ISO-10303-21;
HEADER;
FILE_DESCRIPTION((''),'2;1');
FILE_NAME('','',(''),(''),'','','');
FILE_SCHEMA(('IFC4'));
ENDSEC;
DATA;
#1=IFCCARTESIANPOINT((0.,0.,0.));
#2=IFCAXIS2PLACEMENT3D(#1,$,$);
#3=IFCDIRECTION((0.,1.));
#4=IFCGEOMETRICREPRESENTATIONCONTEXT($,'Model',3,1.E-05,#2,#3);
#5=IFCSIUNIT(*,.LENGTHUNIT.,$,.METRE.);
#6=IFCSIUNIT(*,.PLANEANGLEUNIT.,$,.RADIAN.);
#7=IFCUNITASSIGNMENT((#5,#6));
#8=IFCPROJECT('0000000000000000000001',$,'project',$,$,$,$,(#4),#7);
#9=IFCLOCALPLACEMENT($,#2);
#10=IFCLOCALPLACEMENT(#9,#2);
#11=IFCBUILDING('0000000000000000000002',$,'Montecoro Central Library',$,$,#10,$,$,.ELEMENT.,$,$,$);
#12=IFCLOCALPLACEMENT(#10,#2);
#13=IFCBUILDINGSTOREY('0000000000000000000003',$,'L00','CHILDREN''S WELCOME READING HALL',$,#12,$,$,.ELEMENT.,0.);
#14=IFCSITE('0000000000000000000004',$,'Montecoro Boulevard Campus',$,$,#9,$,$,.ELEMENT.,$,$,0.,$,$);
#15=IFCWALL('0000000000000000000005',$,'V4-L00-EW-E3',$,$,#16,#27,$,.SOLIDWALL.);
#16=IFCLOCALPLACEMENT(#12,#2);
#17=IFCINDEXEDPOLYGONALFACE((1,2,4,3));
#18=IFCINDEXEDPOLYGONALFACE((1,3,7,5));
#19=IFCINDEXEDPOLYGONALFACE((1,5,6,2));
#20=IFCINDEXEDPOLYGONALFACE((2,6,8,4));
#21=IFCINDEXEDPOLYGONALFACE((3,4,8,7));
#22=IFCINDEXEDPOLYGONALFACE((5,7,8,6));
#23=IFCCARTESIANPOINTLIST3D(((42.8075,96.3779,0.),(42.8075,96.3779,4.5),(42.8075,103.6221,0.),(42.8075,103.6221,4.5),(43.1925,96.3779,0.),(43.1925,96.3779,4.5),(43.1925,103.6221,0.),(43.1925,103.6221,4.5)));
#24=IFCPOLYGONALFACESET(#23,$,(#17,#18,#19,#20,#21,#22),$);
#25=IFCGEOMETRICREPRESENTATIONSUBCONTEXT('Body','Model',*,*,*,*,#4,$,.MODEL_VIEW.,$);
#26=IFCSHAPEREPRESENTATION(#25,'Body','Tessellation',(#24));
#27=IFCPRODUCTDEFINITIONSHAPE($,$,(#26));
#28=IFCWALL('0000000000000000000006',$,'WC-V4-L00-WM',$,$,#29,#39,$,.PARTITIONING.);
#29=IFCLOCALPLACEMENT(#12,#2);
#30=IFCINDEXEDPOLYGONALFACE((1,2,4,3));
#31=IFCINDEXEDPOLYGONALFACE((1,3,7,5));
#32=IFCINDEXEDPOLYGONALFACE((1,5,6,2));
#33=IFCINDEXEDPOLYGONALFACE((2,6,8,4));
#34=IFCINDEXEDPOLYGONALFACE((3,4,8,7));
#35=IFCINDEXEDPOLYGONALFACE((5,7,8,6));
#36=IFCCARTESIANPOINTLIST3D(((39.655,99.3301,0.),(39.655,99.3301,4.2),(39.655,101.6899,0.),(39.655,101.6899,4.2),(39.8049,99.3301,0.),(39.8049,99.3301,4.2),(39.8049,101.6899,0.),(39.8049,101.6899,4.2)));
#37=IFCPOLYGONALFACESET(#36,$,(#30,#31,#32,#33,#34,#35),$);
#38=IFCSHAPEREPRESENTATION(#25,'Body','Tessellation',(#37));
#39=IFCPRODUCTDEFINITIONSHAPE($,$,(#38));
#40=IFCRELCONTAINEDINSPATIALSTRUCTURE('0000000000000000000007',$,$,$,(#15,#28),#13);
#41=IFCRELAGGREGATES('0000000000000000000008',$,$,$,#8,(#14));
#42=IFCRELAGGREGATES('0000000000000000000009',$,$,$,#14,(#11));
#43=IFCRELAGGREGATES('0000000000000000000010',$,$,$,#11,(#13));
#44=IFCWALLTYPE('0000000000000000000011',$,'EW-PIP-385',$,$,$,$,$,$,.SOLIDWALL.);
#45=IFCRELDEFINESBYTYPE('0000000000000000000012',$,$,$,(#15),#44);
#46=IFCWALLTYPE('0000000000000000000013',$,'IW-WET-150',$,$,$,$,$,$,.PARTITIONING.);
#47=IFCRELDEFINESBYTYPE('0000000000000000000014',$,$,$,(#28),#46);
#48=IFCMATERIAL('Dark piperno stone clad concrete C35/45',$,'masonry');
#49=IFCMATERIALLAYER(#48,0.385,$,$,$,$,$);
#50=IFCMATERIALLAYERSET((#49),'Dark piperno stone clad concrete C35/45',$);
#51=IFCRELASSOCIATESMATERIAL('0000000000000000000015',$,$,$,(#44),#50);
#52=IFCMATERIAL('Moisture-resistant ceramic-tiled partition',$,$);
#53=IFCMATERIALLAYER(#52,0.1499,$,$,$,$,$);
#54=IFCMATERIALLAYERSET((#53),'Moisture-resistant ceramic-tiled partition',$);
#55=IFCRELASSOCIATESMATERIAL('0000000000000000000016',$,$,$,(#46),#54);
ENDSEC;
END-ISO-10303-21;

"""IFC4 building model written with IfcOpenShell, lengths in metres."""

from ifc_helpers import new_model, si_unit, direction, frame, frame_2d, origin, place, context, subcontext, project, spatial, rectangle, extrude, material, layer, layer_set, type_object, element, save


model = new_model("IFC4")

# Units and contexts
model_context = context("Model", 3, precision=1e-05, world=origin(), true_north=direction((0.0, 1.0)))
body_context = subcontext(model_context, "Body", "Model", "MODEL_VIEW")
ifc_project = project(units=[si_unit("LENGTHUNIT", "METRE"), si_unit("PLANEANGLEUNIT", "RADIAN")], contexts=[model_context])

# Site, building, storey
site_placement = place(None, origin())
site = spatial("IfcSite", under=ifc_project, at=site_placement, Name="Montecoro Boulevard Campus", CompositionType="ELEMENT", RefElevation=0.0)
building_placement = place(site_placement, origin())
building = spatial("IfcBuilding", under=site, at=building_placement, Name="Montecoro Central Library", CompositionType="ELEMENT")
storey_placement = place(building_placement, origin())
storey = spatial("IfcBuildingStorey", under=building, at=storey_placement, Name="L00", Description="CHILDREN'S WELCOME READING HALL", CompositionType="ELEMENT", Elevation=0.0)

# Shared definitions
ifc_material_1 = material(Name="Dark piperno stone clad concrete C35/45", Category="masonry")
ifc_layer_1 = layer(ifc_material_1, 0.385)
ifc_layer_set_1 = layer_set([ifc_layer_1], Name="Dark piperno stone clad concrete C35/45")
wall_type_1 = type_object("IfcWallType", Name="EW-PIP-385", PredefinedType="SOLIDWALL", material=ifc_layer_set_1)

# Walls
wall_1_placement = place(storey_placement, frame((43.0, 96.3779, 0.0), z_axis=(0.0, 0.0, 1.0), x_axis=(0.0, 1.0, 0.0)))
element("IfcWall", 1, at=wall_1_placement, inside=storey, type_object=wall_type_1, Name="V4-L00-EW-E3", PredefinedType="SOLIDWALL", context=body_context, shape_type="SweptSolid", body=[
    extrude(rectangle(XDim=7.2441, YDim=0.385, at=frame_2d((3.6221, 0.0))), origin(), (0.0, 0.0, 1.0), 4.5),
])
ifc_material_2 = material(Name="Moisture-resistant ceramic-tiled partition")
ifc_layer_2 = layer(ifc_material_2, 0.1499)
ifc_layer_set_2 = layer_set([ifc_layer_2], Name="Moisture-resistant ceramic-tiled partition")
wall_type_2 = type_object("IfcWallType", Name="IW-WET-150", PredefinedType="PARTITIONING", material=ifc_layer_set_2)
wall_2_placement = place(storey_placement, frame((39.73, 99.3301, 0.0), z_axis=(0.0, 0.0, 1.0), x_axis=(0.0, 1.0, 0.0)))
element("IfcWall", 2, at=wall_2_placement, inside=storey, type_object=wall_type_2, Name="WC-V4-L00-WM", PredefinedType="PARTITIONING", context=body_context, shape_type="SweptSolid", body=[
    extrude(rectangle(XDim=2.3599, YDim=0.1499, at=frame_2d((1.1799, 0.0))), origin(), (0.0, 0.0, 1.0), 4.2),
])

save(model, "model.ifc")
